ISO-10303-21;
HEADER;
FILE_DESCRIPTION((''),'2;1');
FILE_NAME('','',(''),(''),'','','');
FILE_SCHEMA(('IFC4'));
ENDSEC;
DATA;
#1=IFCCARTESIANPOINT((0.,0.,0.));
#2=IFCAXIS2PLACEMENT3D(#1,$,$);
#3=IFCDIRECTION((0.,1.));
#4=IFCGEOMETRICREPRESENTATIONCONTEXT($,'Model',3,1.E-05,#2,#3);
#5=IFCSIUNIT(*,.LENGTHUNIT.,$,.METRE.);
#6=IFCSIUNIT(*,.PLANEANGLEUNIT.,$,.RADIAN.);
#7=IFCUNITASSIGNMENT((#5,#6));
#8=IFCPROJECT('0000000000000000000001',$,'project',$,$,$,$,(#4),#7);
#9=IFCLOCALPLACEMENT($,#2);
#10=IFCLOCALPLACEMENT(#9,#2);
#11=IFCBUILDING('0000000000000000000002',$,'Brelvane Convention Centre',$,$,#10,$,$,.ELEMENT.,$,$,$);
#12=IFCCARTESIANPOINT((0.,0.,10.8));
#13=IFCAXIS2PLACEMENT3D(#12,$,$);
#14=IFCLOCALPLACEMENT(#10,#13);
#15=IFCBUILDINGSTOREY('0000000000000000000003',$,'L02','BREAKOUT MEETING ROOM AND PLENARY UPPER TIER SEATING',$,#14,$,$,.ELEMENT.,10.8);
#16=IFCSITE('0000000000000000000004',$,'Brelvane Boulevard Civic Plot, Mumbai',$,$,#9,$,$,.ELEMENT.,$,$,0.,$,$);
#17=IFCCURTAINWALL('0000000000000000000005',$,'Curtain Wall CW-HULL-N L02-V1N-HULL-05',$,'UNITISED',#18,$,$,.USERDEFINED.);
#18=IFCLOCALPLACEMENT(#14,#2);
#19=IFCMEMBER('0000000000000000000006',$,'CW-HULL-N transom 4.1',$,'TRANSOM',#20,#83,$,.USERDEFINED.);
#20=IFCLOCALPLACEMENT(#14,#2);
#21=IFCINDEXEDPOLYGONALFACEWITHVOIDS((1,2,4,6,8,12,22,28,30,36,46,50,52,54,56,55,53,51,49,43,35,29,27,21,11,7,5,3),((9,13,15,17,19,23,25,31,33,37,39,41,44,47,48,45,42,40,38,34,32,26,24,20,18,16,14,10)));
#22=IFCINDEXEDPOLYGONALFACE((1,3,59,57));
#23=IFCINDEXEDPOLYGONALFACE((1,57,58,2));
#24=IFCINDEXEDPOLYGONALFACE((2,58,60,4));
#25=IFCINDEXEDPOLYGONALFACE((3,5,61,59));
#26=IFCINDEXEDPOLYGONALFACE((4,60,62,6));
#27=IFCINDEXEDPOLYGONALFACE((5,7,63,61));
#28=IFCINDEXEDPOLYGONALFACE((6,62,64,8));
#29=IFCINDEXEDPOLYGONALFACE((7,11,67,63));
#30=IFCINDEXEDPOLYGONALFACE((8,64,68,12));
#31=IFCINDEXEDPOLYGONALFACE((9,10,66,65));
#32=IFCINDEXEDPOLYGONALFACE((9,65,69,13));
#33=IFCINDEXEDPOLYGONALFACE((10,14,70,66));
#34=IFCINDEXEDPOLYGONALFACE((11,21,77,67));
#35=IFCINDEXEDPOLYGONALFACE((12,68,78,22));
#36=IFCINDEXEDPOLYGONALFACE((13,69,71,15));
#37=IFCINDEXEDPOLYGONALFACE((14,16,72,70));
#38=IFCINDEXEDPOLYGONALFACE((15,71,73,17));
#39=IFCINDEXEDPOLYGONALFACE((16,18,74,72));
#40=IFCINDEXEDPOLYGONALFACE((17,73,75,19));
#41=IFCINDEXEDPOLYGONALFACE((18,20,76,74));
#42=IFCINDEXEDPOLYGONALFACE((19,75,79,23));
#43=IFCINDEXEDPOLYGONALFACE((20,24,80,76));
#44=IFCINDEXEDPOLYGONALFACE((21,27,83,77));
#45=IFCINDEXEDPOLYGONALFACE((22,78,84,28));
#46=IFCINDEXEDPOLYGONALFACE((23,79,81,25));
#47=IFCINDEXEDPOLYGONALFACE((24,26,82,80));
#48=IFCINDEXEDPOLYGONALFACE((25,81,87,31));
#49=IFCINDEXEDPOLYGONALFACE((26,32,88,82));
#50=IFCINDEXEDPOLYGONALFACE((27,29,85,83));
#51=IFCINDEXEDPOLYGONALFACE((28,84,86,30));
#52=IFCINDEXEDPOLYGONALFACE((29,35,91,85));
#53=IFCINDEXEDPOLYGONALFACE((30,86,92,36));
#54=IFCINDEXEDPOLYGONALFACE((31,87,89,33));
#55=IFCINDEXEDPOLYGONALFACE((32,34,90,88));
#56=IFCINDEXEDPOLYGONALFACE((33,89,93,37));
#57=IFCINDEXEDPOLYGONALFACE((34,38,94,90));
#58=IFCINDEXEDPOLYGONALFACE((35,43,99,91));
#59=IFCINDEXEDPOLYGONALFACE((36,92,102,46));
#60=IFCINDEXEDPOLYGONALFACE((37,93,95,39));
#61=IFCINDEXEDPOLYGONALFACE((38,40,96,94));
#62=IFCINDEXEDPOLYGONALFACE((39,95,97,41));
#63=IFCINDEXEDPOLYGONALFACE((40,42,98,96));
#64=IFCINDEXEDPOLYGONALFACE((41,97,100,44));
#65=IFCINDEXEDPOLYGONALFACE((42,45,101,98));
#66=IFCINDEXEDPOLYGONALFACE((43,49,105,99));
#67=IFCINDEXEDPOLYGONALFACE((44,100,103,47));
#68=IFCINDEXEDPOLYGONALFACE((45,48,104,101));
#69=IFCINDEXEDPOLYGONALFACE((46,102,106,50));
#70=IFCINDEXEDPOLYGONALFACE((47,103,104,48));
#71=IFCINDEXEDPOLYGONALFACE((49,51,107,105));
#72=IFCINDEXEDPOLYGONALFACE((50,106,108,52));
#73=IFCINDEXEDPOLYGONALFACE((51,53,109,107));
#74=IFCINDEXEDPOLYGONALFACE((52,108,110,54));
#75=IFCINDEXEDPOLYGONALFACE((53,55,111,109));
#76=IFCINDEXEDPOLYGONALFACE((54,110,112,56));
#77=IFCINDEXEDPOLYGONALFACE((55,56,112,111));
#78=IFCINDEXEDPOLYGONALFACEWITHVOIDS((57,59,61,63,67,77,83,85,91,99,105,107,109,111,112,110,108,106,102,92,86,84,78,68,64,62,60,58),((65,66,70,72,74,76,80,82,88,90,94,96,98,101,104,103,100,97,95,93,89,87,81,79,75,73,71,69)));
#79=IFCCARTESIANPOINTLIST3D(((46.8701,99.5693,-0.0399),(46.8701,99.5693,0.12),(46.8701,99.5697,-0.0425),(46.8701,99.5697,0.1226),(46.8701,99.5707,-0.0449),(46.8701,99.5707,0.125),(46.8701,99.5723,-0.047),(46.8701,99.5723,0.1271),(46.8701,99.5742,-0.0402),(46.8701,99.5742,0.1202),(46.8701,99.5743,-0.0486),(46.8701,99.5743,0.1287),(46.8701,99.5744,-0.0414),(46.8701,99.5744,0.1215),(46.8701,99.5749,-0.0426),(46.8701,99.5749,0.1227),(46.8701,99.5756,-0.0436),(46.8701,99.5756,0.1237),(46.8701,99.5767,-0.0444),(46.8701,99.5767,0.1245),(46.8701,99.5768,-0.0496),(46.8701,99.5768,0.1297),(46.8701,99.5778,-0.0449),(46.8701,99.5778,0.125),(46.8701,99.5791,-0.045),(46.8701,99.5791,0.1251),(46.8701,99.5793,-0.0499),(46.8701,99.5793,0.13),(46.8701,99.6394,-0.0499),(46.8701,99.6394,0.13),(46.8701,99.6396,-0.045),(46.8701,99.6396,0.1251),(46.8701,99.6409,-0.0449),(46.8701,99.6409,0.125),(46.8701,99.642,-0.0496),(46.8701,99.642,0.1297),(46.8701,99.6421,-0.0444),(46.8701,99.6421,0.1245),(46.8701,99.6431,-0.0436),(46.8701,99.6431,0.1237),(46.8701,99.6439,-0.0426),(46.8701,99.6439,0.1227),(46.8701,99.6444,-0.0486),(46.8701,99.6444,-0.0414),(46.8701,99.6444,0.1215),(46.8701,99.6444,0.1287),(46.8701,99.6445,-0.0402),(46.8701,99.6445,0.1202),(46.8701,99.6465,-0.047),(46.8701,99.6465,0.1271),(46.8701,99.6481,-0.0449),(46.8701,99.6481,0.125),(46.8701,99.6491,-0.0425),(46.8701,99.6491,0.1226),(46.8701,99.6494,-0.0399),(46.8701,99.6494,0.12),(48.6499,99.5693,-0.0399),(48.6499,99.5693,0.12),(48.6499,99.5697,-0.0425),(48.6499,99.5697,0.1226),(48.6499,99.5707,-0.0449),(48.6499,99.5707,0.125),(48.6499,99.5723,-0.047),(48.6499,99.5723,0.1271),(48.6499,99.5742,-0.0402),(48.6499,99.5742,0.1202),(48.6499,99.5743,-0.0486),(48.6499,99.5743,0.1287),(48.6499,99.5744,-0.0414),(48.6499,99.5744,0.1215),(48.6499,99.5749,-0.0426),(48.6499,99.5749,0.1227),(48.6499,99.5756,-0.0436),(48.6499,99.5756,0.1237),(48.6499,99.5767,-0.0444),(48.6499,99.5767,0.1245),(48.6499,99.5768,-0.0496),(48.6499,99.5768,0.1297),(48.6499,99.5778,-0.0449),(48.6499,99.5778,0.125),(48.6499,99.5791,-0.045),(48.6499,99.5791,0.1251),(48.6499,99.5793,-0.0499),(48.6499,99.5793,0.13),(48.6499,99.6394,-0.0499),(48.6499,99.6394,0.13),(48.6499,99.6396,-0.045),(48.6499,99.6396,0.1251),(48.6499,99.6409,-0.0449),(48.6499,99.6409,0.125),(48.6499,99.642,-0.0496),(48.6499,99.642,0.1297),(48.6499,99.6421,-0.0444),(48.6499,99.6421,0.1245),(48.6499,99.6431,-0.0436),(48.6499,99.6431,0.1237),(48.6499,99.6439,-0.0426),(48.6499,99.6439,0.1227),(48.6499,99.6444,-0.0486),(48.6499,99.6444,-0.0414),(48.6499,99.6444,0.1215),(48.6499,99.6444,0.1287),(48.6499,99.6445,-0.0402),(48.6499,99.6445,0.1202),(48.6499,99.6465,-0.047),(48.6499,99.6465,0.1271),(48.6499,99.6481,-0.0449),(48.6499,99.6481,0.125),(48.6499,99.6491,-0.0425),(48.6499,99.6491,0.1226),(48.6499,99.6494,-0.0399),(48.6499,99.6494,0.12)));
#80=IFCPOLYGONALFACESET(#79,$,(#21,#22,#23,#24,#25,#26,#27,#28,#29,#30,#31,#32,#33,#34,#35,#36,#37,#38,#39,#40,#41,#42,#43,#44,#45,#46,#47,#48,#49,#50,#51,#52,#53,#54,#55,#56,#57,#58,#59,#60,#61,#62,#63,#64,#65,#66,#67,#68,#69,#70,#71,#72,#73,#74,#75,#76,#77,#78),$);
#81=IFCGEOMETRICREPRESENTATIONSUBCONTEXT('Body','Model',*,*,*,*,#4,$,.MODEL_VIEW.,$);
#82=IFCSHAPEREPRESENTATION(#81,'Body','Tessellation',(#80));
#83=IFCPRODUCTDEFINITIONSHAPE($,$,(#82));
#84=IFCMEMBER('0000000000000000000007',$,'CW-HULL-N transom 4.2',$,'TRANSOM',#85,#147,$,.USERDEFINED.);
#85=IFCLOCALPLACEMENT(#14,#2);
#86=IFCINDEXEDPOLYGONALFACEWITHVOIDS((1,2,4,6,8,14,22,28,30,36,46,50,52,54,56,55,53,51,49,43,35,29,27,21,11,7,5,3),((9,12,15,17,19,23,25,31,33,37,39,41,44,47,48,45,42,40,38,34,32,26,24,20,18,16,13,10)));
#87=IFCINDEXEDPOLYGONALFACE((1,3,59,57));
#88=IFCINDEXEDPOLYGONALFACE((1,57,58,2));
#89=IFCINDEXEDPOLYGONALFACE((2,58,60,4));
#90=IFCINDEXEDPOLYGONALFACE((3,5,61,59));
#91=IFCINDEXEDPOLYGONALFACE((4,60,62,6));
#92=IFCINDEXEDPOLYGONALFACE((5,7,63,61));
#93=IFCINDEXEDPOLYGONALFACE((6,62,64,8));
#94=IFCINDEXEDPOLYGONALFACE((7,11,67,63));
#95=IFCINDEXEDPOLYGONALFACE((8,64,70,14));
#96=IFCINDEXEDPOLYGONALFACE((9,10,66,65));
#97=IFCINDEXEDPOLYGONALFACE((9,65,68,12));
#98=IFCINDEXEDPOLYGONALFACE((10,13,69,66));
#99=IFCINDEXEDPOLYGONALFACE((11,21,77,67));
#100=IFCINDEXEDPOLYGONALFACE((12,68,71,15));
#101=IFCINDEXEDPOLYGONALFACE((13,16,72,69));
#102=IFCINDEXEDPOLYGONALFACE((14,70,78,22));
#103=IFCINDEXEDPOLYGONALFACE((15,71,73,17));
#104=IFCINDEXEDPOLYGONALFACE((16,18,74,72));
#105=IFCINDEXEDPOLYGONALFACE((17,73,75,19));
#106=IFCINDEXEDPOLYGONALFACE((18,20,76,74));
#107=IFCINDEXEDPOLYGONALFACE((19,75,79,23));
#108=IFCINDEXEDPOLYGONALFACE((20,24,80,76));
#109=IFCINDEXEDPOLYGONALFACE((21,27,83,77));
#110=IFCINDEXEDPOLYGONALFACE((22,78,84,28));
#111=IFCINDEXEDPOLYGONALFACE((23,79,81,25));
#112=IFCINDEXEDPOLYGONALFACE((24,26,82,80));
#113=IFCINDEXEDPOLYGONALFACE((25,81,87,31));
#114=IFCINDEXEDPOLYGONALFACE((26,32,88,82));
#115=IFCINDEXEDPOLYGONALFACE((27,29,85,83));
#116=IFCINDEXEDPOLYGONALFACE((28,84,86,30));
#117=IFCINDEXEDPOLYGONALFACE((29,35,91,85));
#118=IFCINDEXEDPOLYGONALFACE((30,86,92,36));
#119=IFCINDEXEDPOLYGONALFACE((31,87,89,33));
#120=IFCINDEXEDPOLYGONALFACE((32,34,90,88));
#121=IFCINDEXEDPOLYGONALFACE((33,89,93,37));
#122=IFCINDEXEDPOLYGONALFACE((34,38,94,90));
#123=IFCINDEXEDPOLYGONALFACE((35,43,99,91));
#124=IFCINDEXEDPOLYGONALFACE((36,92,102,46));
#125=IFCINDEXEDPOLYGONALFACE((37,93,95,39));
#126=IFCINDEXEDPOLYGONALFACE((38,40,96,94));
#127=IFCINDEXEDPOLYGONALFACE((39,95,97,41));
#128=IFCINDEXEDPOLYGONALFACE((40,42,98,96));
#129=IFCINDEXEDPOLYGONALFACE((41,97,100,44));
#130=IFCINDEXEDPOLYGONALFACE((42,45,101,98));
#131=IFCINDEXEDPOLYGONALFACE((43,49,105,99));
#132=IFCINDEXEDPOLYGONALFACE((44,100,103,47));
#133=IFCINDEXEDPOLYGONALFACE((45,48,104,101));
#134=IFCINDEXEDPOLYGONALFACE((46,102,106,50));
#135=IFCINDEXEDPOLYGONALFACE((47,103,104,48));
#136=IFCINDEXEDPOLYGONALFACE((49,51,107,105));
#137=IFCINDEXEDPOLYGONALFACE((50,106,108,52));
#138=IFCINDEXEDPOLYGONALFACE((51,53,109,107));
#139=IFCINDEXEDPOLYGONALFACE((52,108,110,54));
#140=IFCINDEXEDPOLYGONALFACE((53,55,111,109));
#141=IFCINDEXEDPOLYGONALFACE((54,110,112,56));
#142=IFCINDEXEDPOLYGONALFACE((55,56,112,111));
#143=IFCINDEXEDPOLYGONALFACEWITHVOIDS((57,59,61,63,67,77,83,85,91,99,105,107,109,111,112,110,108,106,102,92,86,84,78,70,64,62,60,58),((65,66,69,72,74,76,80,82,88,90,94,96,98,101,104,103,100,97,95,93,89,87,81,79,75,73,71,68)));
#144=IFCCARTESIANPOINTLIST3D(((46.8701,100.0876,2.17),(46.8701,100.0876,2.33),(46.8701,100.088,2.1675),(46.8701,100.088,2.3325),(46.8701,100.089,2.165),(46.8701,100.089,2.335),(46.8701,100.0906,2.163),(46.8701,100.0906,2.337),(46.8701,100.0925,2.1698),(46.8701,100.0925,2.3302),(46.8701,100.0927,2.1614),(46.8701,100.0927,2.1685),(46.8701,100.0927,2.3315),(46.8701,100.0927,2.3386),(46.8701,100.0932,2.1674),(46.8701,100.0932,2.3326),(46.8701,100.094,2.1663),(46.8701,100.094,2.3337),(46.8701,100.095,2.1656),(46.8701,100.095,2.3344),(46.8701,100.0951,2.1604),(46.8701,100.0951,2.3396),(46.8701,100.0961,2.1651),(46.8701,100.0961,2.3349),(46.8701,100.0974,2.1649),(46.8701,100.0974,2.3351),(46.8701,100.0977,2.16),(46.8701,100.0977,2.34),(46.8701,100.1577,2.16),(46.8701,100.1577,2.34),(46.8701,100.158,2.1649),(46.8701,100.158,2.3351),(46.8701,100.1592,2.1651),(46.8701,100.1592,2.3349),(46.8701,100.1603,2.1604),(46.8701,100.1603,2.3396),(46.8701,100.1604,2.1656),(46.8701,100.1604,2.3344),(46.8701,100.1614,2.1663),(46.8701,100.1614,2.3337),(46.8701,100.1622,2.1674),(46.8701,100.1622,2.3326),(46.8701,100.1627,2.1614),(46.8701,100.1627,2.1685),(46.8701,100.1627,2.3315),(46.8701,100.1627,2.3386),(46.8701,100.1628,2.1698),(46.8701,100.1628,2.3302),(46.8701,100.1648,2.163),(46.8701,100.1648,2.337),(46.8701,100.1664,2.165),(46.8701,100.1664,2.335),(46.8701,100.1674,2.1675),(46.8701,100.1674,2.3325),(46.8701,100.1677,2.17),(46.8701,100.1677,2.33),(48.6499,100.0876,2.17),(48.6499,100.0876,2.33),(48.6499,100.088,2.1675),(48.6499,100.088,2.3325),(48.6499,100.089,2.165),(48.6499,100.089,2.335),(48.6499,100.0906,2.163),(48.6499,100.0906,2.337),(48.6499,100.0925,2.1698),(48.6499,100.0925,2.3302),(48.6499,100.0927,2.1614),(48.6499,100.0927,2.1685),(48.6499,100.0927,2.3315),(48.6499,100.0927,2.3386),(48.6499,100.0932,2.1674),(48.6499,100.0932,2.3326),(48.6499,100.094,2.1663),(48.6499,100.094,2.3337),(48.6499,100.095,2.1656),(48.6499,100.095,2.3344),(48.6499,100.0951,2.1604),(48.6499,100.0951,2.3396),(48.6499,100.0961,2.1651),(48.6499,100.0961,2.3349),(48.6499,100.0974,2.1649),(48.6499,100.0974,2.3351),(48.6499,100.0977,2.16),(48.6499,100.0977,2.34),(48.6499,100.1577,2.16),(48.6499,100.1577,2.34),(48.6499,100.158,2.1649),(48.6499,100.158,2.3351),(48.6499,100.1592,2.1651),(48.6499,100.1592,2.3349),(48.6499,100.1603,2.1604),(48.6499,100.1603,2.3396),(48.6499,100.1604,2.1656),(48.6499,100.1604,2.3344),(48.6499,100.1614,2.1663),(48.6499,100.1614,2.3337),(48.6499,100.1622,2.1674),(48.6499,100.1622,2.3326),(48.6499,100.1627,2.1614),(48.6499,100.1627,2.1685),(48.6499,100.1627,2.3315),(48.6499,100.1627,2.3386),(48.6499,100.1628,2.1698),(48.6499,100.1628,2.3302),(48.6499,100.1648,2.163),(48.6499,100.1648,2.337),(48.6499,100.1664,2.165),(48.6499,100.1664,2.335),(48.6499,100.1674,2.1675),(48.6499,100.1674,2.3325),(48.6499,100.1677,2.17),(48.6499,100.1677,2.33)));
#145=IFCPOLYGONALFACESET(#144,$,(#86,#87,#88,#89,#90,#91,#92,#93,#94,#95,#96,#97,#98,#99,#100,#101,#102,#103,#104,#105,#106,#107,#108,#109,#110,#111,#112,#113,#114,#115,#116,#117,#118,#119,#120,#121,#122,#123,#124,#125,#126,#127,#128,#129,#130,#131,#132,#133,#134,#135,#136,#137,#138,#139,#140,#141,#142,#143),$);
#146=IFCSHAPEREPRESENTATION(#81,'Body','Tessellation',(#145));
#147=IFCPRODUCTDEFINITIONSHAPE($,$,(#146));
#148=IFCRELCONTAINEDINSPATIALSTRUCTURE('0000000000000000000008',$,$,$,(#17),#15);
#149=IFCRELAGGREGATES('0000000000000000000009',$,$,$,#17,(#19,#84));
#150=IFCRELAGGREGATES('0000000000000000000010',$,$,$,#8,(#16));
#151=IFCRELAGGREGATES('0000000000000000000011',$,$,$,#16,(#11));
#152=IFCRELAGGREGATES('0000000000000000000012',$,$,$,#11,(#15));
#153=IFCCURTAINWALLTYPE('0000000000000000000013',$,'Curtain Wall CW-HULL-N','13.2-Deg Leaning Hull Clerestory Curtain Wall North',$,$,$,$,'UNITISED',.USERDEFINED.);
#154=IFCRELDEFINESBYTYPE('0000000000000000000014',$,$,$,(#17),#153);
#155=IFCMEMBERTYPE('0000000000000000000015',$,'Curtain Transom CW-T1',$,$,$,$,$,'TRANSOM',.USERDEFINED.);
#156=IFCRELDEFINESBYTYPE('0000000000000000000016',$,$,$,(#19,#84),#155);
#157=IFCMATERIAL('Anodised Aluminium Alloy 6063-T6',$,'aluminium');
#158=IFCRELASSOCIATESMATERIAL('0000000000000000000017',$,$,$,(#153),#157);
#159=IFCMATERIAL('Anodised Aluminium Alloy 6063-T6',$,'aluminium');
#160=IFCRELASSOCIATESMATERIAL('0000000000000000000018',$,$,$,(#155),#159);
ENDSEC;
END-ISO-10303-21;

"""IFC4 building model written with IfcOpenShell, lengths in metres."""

from ifc_helpers import new_model, si_unit, direction, frame, origin, origin_2d, place, context, subcontext, project, spatial, hollow_rectangle, extrude, material, material_profile, profile_set, type_object, element, aggregate, save


model = new_model("IFC4")

# Units and contexts
model_context = context("Model", 3, precision=1e-05, world=origin(), true_north=direction((0.0, 1.0)))
body_context = subcontext(model_context, "Body", "Model", "MODEL_VIEW")
ifc_project = project(units=[si_unit("LENGTHUNIT", "METRE"), si_unit("PLANEANGLEUNIT", "RADIAN")], contexts=[model_context])

# Site, building, storey
site_placement = place(None, origin())
site = spatial("IfcSite", under=ifc_project, at=site_placement, Name="Brelvane Boulevard Civic Plot, Mumbai", CompositionType="ELEMENT", RefElevation=0.0)
building_placement = place(site_placement, origin())
building = spatial("IfcBuilding", under=site, at=building_placement, Name="Brelvane Convention Centre", CompositionType="ELEMENT")
storey_placement = place(building_placement, frame((0.0, 0.0, 10.8)))
storey = spatial("IfcBuildingStorey", under=building, at=storey_placement, Name="L02", Description="BREAKOUT MEETING ROOM AND PLENARY UPPER TIER SEATING", CompositionType="ELEMENT", Elevation=10.8)

# Curtain wall, members
ifc_material_1 = material(Name="Anodised Aluminium Alloy 6063-T6", Category="aluminium")
curtain_wall_type = type_object("IfcCurtainWallType", Name="Curtain Wall CW-HULL-N", Description="13.2-Deg Leaning Hull Clerestory Curtain Wall North", ElementType="UNITISED", PredefinedType="USERDEFINED", material=ifc_material_1)
curtain_wall_placement = place(storey_placement, origin())
curtain_wall = element("IfcCurtainWall", 1, at=curtain_wall_placement, inside=storey, type_object=curtain_wall_type, Name="Curtain Wall CW-HULL-N L02-V1N-HULL-05", ObjectType="UNITISED", PredefinedType="USERDEFINED")
ifc_material_2 = material(Name="Anodised Aluminium Alloy 6063-T6", Category="aluminium")
ifc_material_profile_1 = material_profile(ifc_material_2, hollow_rectangle(XDim=0.0801, YDim=0.1799, WallThickness=0.0049, InnerFilletRadius=0.0049, OuterFilletRadius=0.01, at=origin_2d()), Name="ALU-T 180x80x5.0")
ifc_profile_set_1 = profile_set([ifc_material_profile_1], Name="Anodised Aluminium Alloy 6063-T6")
member_type_1 = type_object("IfcMemberType", Name="Curtain Transom CW-T1", ElementType="TRANSOM", PredefinedType="USERDEFINED", material=ifc_profile_set_1)
member_1_placement = place(storey_placement, frame((46.8701, 99.6094, 0.04), z_axis=(1.0, 0.0, 0.0), x_axis=(0.0, 1.0, 0.0)))
member_1 = element("IfcMember", 2, at=member_1_placement, type_object=member_type_1, Name="CW-HULL-N transom 4.1", ObjectType="TRANSOM", PredefinedType="USERDEFINED", context=body_context, shape_type="SweptSolid", body=[
    extrude(hollow_rectangle(XDim=0.0801, YDim=0.1799, WallThickness=0.0049, InnerFilletRadius=0.0049, OuterFilletRadius=0.01, at=origin_2d()), origin(), (0.0, 0.0, 1.0), 1.7798),
])
member_2_placement = place(storey_placement, frame((46.8701, 100.1277, 2.25), z_axis=(1.0, 0.0, 0.0), x_axis=(0.0, 1.0, 0.0)))
member_2 = element("IfcMember", 3, at=member_2_placement, type_object=member_type_1, Name="CW-HULL-N transom 4.2", ObjectType="TRANSOM", PredefinedType="USERDEFINED", context=body_context, shape_type="SweptSolid", body=[
    extrude(hollow_rectangle(XDim=0.0801, YDim=0.1799, WallThickness=0.0049, InnerFilletRadius=0.0049, OuterFilletRadius=0.01, at=origin_2d()), origin(), (0.0, 0.0, 1.0), 1.7798),
])

aggregate(curtain_wall, [member_1, member_2])

save(model, "model.ifc")
